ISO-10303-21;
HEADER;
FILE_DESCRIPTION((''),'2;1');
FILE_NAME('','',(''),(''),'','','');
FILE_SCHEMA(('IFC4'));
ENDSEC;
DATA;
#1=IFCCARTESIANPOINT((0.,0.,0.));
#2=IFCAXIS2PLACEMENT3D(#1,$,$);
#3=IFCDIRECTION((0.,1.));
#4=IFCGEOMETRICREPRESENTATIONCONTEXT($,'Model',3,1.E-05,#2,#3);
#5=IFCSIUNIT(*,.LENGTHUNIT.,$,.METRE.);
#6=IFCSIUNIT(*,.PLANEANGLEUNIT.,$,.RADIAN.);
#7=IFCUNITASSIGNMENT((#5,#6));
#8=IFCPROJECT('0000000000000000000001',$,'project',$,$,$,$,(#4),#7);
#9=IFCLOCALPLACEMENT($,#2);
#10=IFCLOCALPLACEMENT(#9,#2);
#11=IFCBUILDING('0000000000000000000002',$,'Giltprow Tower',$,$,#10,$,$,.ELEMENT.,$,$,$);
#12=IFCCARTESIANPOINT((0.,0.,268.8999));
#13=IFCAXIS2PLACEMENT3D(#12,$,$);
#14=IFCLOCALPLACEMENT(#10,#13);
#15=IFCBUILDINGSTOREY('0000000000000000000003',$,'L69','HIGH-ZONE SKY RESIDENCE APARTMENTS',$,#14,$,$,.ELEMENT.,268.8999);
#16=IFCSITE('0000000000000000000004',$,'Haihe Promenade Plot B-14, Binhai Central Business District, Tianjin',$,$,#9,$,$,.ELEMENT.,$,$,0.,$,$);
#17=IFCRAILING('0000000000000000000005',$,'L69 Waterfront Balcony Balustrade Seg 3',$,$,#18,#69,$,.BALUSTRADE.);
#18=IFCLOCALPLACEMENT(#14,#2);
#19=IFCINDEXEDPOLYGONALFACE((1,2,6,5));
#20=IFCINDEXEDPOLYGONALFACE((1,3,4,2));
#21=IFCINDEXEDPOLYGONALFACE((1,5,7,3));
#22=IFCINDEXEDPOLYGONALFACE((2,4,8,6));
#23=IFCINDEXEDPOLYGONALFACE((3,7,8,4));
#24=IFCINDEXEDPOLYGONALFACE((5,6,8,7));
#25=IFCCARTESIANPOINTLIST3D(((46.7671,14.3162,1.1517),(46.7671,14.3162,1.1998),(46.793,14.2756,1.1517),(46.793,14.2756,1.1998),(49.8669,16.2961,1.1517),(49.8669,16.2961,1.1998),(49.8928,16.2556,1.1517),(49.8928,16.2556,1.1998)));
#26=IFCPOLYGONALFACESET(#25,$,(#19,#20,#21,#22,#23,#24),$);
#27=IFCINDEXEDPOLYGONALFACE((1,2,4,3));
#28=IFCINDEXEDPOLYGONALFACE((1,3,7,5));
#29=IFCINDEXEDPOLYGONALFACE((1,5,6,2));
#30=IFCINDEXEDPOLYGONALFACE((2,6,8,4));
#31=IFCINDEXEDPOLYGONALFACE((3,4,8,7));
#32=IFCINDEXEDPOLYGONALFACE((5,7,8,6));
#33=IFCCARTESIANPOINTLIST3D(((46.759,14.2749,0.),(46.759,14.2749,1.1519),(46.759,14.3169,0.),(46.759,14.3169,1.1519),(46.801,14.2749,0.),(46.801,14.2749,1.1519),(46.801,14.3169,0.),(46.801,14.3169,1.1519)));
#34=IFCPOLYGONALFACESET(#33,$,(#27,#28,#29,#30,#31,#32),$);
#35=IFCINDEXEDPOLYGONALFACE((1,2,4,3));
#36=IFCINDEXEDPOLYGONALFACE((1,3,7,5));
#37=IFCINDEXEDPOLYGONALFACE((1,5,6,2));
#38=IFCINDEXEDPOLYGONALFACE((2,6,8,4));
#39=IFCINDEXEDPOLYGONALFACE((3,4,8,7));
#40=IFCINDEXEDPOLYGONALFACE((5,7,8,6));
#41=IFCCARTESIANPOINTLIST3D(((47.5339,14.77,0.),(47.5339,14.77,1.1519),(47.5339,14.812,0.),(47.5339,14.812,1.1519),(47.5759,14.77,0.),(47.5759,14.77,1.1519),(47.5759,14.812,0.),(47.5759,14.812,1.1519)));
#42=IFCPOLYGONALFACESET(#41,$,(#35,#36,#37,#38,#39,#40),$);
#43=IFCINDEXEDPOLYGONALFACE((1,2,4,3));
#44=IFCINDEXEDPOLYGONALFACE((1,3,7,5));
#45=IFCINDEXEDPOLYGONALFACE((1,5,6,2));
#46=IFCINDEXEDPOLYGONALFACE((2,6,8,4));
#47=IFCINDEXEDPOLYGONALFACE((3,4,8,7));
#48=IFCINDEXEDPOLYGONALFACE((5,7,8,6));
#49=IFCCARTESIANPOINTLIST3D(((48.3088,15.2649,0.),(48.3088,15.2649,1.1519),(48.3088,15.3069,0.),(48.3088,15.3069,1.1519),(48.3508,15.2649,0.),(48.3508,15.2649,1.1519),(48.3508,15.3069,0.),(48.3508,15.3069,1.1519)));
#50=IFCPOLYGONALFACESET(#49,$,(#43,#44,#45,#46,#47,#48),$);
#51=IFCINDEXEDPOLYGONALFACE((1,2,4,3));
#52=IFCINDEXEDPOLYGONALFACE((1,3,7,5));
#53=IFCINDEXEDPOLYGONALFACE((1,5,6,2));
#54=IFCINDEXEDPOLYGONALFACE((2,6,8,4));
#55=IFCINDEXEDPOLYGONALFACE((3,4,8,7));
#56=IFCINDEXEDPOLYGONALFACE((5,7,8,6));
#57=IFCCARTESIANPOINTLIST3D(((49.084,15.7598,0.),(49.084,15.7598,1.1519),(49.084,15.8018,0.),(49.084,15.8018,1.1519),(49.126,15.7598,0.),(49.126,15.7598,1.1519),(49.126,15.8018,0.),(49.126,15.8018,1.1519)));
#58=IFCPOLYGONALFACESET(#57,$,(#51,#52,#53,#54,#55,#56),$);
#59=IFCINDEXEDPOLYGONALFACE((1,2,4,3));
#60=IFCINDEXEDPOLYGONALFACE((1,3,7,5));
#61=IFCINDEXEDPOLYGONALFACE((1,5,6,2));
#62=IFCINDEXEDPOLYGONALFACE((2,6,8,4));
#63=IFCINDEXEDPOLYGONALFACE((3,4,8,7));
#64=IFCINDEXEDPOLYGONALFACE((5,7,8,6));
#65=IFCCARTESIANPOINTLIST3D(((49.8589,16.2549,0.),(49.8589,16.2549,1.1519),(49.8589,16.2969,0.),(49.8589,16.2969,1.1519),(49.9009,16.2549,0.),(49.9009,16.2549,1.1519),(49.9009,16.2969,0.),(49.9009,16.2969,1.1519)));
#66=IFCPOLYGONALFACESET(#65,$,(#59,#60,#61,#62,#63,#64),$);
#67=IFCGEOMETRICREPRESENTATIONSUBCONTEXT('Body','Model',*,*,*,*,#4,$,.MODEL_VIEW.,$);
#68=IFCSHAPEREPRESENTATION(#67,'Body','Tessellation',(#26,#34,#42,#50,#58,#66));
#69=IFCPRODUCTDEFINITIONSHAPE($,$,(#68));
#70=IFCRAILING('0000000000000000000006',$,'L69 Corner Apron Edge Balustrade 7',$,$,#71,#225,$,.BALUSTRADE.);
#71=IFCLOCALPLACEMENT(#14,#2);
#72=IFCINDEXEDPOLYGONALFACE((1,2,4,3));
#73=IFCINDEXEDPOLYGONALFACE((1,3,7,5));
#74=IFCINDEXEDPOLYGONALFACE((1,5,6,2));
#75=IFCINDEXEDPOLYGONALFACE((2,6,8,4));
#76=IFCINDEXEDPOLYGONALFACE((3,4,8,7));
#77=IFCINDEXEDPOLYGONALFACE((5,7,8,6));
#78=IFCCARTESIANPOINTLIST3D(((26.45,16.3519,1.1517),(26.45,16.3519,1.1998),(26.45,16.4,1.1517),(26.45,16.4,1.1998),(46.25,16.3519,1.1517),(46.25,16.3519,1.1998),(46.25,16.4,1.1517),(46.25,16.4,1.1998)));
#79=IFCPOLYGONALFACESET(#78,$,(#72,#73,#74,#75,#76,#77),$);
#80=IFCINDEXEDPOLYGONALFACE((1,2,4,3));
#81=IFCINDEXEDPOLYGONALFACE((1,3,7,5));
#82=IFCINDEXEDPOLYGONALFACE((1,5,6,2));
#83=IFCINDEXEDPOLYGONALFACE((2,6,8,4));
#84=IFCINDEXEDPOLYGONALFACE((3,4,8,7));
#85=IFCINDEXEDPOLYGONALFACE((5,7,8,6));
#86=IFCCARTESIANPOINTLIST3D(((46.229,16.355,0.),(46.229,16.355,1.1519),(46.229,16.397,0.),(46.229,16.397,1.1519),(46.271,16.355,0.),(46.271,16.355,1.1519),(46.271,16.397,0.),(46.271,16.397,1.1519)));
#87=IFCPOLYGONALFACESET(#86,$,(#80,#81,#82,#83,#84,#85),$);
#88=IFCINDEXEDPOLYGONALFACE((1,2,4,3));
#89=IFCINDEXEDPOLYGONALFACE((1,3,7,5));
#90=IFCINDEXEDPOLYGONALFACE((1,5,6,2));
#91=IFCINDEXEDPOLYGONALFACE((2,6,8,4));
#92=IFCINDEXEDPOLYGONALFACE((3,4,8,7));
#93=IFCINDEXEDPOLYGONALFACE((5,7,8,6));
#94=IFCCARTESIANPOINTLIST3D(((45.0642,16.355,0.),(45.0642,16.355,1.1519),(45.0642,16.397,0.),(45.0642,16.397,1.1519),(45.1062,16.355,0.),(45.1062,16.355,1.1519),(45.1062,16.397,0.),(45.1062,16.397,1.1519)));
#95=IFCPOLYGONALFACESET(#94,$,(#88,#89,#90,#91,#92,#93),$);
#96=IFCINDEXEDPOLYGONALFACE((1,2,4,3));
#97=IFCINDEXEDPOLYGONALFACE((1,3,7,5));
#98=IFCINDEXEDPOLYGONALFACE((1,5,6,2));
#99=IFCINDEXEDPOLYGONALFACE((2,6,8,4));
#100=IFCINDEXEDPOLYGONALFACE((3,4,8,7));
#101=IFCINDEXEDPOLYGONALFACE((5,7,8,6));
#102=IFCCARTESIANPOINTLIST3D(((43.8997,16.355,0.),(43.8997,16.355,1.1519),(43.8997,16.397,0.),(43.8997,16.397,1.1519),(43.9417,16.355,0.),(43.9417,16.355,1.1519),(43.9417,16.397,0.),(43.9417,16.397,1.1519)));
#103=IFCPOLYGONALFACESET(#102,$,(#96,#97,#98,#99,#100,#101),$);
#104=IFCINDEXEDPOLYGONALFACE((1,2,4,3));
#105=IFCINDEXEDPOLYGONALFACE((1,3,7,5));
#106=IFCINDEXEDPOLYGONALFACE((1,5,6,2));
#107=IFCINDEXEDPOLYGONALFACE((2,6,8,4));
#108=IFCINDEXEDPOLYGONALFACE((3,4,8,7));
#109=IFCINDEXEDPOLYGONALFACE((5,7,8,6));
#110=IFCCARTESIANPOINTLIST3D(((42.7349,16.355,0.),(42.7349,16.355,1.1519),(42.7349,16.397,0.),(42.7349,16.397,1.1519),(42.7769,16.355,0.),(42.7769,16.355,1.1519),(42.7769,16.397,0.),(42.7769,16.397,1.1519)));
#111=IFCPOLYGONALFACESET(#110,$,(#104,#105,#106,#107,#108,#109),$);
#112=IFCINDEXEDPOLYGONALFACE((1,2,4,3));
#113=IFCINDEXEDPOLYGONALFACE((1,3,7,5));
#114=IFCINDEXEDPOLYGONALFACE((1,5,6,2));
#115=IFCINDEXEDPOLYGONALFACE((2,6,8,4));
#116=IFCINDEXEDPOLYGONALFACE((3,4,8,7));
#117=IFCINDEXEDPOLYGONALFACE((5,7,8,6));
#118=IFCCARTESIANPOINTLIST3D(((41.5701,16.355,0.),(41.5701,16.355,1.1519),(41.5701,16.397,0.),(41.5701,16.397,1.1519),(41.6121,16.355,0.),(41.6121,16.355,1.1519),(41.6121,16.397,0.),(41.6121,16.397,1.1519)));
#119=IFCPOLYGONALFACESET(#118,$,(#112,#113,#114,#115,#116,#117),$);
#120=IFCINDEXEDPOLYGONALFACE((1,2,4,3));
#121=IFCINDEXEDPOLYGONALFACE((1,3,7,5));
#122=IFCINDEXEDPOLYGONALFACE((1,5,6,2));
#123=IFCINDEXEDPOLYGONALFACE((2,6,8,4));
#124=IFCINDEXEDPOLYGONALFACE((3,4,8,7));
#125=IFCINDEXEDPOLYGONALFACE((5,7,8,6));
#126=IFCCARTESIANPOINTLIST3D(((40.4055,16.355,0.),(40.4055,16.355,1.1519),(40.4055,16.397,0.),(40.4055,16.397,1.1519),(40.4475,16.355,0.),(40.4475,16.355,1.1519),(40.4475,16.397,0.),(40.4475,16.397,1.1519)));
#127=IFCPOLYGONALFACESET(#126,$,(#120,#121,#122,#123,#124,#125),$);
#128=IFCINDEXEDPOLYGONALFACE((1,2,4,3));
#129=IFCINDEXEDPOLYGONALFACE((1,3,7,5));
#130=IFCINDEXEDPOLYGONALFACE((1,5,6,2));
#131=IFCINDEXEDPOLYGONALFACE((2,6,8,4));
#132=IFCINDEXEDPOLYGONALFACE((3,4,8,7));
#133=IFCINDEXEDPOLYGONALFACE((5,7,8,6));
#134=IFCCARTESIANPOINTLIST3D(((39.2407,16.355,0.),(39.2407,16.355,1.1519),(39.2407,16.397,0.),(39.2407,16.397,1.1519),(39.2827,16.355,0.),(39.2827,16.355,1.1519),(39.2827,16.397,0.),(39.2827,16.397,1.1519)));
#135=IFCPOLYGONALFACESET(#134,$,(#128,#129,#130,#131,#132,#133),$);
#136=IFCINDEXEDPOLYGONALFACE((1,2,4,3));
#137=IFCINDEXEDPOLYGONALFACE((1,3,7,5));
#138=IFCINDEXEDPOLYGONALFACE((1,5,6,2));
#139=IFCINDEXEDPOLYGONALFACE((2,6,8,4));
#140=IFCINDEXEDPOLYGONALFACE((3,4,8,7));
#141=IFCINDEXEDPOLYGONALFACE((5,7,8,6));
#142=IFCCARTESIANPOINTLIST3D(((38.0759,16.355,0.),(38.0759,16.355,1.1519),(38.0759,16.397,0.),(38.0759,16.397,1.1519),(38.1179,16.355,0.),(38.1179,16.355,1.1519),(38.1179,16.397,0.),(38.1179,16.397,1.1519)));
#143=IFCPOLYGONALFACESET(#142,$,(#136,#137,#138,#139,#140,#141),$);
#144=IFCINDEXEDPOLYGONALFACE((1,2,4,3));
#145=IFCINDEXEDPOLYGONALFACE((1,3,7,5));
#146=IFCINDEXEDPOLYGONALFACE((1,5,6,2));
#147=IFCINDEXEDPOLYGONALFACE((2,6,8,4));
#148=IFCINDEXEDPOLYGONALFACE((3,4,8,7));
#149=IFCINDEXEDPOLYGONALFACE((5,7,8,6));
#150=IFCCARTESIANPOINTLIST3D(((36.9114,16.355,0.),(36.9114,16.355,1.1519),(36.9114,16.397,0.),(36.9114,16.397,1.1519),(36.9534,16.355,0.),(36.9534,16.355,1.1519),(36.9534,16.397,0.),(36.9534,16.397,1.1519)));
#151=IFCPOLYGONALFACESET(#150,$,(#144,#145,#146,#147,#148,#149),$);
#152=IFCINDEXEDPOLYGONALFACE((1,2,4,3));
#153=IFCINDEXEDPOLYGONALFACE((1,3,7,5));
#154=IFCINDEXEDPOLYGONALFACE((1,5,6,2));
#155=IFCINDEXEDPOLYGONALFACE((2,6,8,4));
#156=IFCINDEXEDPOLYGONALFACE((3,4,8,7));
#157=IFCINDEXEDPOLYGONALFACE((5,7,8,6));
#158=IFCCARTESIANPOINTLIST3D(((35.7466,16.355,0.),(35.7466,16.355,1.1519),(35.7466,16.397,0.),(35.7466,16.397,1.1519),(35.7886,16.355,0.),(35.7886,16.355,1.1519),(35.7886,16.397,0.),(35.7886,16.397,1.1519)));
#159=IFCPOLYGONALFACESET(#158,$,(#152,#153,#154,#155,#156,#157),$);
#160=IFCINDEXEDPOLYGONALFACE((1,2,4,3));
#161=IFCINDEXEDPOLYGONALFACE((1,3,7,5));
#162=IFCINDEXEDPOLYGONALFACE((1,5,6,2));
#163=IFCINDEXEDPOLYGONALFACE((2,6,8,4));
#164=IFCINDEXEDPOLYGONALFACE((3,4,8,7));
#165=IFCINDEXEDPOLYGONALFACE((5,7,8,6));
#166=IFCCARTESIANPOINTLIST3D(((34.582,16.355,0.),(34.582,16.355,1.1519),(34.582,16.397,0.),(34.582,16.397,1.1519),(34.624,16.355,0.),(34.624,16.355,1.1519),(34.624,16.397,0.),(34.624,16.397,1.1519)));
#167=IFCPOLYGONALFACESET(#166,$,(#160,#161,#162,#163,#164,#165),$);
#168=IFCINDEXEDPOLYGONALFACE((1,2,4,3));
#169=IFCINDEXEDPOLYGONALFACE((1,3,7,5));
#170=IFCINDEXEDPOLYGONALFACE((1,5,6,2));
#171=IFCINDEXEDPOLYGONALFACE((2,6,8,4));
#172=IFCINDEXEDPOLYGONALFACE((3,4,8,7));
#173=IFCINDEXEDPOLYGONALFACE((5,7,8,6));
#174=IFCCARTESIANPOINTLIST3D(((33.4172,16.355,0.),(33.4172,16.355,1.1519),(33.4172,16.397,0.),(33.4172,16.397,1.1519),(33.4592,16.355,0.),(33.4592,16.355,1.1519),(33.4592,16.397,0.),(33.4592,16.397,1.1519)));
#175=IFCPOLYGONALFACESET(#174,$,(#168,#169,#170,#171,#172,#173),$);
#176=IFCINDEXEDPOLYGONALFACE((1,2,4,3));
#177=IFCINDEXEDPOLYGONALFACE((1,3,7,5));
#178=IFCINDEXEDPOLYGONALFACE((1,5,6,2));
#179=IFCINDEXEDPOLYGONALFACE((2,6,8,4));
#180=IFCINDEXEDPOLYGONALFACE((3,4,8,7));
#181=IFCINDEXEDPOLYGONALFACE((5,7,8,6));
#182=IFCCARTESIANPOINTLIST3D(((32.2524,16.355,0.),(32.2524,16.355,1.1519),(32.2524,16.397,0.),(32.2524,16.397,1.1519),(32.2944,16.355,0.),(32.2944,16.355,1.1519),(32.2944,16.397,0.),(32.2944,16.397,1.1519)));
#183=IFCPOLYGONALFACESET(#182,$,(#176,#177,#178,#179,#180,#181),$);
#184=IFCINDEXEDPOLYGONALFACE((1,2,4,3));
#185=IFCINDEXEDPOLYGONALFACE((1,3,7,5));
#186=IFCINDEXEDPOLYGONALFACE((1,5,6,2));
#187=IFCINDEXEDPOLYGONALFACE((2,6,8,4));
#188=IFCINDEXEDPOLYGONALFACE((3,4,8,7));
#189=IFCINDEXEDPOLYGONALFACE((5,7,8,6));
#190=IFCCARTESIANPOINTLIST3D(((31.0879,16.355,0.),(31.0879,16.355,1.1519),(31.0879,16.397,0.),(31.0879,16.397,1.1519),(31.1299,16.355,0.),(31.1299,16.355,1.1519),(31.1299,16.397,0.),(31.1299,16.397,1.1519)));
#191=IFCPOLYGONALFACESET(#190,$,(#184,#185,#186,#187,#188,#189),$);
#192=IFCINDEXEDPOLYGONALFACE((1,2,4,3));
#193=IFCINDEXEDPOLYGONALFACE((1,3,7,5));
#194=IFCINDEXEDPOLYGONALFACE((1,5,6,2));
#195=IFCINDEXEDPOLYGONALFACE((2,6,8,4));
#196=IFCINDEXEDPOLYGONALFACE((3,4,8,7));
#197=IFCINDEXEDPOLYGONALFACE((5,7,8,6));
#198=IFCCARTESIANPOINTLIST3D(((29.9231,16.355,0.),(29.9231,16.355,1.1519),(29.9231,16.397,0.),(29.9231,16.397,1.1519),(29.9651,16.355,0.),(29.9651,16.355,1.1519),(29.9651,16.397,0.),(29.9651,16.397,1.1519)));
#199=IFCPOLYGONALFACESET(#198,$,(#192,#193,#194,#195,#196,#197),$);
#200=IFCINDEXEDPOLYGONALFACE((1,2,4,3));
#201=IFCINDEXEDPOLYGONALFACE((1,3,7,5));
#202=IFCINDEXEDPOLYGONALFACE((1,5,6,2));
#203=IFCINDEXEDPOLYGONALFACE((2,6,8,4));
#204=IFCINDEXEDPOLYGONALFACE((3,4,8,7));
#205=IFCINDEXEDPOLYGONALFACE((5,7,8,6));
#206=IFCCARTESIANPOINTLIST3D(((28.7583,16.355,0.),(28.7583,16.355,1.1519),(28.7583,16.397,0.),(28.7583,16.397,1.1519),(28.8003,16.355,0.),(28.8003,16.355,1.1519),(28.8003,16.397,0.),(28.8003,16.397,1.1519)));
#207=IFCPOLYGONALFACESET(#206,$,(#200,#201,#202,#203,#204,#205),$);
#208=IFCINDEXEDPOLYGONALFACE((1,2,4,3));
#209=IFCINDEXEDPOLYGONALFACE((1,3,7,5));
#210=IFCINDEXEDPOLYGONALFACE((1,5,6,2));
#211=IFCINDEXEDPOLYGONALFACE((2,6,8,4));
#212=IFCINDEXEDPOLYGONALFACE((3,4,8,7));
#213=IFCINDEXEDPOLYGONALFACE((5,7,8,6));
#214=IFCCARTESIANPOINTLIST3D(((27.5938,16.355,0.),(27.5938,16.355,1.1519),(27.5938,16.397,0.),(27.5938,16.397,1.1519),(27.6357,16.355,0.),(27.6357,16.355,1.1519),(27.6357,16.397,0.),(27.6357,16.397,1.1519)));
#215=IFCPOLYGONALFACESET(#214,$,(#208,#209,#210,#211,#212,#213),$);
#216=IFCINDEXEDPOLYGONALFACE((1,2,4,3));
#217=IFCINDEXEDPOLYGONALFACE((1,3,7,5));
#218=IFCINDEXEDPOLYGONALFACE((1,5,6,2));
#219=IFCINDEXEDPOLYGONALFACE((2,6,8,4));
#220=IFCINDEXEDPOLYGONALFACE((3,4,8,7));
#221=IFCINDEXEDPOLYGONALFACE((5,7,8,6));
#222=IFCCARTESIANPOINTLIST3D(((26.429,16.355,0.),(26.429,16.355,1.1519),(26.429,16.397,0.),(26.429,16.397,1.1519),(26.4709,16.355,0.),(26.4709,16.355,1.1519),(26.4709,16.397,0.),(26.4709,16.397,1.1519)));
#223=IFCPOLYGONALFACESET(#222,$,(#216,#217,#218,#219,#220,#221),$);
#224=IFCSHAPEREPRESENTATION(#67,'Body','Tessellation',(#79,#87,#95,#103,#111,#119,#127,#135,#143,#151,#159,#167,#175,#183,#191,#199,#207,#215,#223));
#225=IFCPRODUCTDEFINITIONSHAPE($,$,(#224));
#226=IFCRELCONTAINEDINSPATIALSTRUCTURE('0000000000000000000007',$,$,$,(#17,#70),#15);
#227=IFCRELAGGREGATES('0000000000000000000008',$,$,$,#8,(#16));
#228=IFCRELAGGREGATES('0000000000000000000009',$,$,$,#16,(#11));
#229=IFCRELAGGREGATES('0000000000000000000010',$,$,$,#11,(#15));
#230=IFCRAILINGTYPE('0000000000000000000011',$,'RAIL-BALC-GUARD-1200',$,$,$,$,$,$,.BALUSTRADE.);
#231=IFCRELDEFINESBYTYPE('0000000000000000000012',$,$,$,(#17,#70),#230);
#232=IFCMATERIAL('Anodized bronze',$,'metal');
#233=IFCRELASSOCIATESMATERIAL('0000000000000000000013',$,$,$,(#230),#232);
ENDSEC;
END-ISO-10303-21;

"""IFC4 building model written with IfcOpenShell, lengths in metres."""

from ifc_helpers import new_model, si_unit, direction, frame, origin, origin_2d, place, context, subcontext, project, spatial, rectangle, extrude, material, type_object, element, save


model = new_model("IFC4")

# Units and contexts
model_context = context("Model", 3, precision=1e-05, world=origin(), true_north=direction((0.0, 1.0)))
body_context = subcontext(model_context, "Body", "Model", "MODEL_VIEW")
ifc_project = project(units=[si_unit("LENGTHUNIT", "METRE"), si_unit("PLANEANGLEUNIT", "RADIAN")], contexts=[model_context])

# Site, building, storey
site_placement = place(None, origin())
site = spatial("IfcSite", under=ifc_project, at=site_placement, Name="Haihe Promenade Plot B-14, Binhai Central Business District, Tianjin", CompositionType="ELEMENT", RefElevation=0.0)
building_placement = place(site_placement, origin())
building = spatial("IfcBuilding", under=site, at=building_placement, Name="Giltprow Tower", CompositionType="ELEMENT")
storey_placement = place(building_placement, frame((0.0, 0.0, 268.8999)))
storey = spatial("IfcBuildingStorey", under=building, at=storey_placement, Name="L69", Description="HIGH-ZONE SKY RESIDENCE APARTMENTS", CompositionType="ELEMENT", Elevation=268.8999)

# Railings
ifc_material_1 = material(Name="Anodized bronze", Category="metal")
railing_type = type_object("IfcRailingType", Name="RAIL-BALC-GUARD-1200", PredefinedType="BALUSTRADE", material=ifc_material_1)
railing_1_placement = place(storey_placement, frame((46.78, 14.2959, 0.0)))
element("IfcRailing", 1, at=railing_1_placement, inside=storey, type_object=railing_type, Name="L69 Waterfront Balcony Balustrade Seg 3", PredefinedType="BALUSTRADE", context=body_context, shape_type="SweptSolid", body=[
    extrude(rectangle(XDim=0.0481, YDim=0.0481, at=origin_2d()), frame((0.0, 0.0, 1.1758), z_axis=(0.842756, 0.538296, 0.0), x_axis=(-0.538296, 0.842756, 0.0)), (0.0, 0.0, 1.0), 3.6782),
    extrude(rectangle(XDim=0.042, YDim=0.042, at=origin_2d()), origin(), (0.0, 0.0, 1.0), 1.1519),
    extrude(rectangle(XDim=0.042, YDim=0.042, at=origin_2d()), frame((0.7749, 0.4951, 0.0)), (0.0, 0.0, 1.0), 1.1519),
    extrude(rectangle(XDim=0.042, YDim=0.042, at=origin_2d()), frame((1.5498, 0.99, 0.0)), (0.0, 0.0, 1.0), 1.1519),
    extrude(rectangle(XDim=0.042, YDim=0.042, at=origin_2d()), frame((2.325, 1.4849, 0.0)), (0.0, 0.0, 1.0), 1.1519),
    extrude(rectangle(XDim=0.042, YDim=0.042, at=origin_2d()), frame((3.0999, 1.98, 0.0)), (0.0, 0.0, 1.0), 1.1519),
])
railing_2_placement = place(storey_placement, frame((46.25, 16.376, 0.0)))
element("IfcRailing", 2, at=railing_2_placement, inside=storey, type_object=railing_type, Name="L69 Corner Apron Edge Balustrade 7", PredefinedType="BALUSTRADE", context=body_context, shape_type="SweptSolid", body=[
    extrude(rectangle(XDim=0.0481, YDim=0.0481, at=origin_2d()), frame((0.0, 0.0, 1.1758), z_axis=(-1.0, 0.0, 0.0), x_axis=(0.0, -1.0, 0.0)), (0.0, 0.0, 1.0), 19.8),
    extrude(rectangle(XDim=0.042, YDim=0.042, at=origin_2d()), origin(), (0.0, 0.0, 1.0), 1.1519),
    extrude(rectangle(XDim=0.042, YDim=0.042, at=origin_2d()), frame((-1.1648, 0.0, 0.0)), (0.0, 0.0, 1.0), 1.1519),
    extrude(rectangle(XDim=0.042, YDim=0.042, at=origin_2d()), frame((-2.3293, 0.0, 0.0)), (0.0, 0.0, 1.0), 1.1519),
    extrude(rectangle(XDim=0.042, YDim=0.042, at=origin_2d()), frame((-3.4941, 0.0, 0.0)), (0.0, 0.0, 1.0), 1.1519),
    extrude(rectangle(XDim=0.042, YDim=0.042, at=origin_2d()), frame((-4.6589, 0.0, 0.0)), (0.0, 0.0, 1.0), 1.1519),
    extrude(rectangle(XDim=0.042, YDim=0.042, at=origin_2d()), frame((-5.8235, 0.0, 0.0)), (0.0, 0.0, 1.0), 1.1519),
    extrude(rectangle(XDim=0.042, YDim=0.042, at=origin_2d()), frame((-6.9883, 0.0, 0.0)), (0.0, 0.0, 1.0), 1.1519),
    extrude(rectangle(XDim=0.042, YDim=0.042, at=origin_2d()), frame((-8.1531, 0.0, 0.0)), (0.0, 0.0, 1.0), 1.1519),
    extrude(rectangle(XDim=0.042, YDim=0.042, at=origin_2d()), frame((-9.3176, 0.0, 0.0)), (0.0, 0.0, 1.0), 1.1519),
    extrude(rectangle(XDim=0.042, YDim=0.042, at=origin_2d()), frame((-10.4824, 0.0, 0.0)), (0.0, 0.0, 1.0), 1.1519),
    extrude(rectangle(XDim=0.042, YDim=0.042, at=origin_2d()), frame((-11.647, 0.0, 0.0)), (0.0, 0.0, 1.0), 1.1519),
    extrude(rectangle(XDim=0.042, YDim=0.042, at=origin_2d()), frame((-12.8118, 0.0, 0.0)), (0.0, 0.0, 1.0), 1.1519),
    extrude(rectangle(XDim=0.042, YDim=0.042, at=origin_2d()), frame((-13.9766, 0.0, 0.0)), (0.0, 0.0, 1.0), 1.1519),
    extrude(rectangle(XDim=0.042, YDim=0.042, at=origin_2d()), frame((-15.1411, 0.0, 0.0)), (0.0, 0.0, 1.0), 1.1519),
    extrude(rectangle(XDim=0.042, YDim=0.042, at=origin_2d()), frame((-16.3059, 0.0, 0.0)), (0.0, 0.0, 1.0), 1.1519),
    extrude(rectangle(XDim=0.042, YDim=0.042, at=origin_2d()), frame((-17.4707, 0.0, 0.0)), (0.0, 0.0, 1.0), 1.1519),
    extrude(rectangle(XDim=0.042, YDim=0.042, at=origin_2d()), frame((-18.6353, 0.0, 0.0)), (0.0, 0.0, 1.0), 1.1519),
    extrude(rectangle(XDim=0.042, YDim=0.042, at=origin_2d()), frame((-19.8, 0.0, 0.0)), (0.0, 0.0, 1.0), 1.1519),
])

save(model, "model.ifc")
